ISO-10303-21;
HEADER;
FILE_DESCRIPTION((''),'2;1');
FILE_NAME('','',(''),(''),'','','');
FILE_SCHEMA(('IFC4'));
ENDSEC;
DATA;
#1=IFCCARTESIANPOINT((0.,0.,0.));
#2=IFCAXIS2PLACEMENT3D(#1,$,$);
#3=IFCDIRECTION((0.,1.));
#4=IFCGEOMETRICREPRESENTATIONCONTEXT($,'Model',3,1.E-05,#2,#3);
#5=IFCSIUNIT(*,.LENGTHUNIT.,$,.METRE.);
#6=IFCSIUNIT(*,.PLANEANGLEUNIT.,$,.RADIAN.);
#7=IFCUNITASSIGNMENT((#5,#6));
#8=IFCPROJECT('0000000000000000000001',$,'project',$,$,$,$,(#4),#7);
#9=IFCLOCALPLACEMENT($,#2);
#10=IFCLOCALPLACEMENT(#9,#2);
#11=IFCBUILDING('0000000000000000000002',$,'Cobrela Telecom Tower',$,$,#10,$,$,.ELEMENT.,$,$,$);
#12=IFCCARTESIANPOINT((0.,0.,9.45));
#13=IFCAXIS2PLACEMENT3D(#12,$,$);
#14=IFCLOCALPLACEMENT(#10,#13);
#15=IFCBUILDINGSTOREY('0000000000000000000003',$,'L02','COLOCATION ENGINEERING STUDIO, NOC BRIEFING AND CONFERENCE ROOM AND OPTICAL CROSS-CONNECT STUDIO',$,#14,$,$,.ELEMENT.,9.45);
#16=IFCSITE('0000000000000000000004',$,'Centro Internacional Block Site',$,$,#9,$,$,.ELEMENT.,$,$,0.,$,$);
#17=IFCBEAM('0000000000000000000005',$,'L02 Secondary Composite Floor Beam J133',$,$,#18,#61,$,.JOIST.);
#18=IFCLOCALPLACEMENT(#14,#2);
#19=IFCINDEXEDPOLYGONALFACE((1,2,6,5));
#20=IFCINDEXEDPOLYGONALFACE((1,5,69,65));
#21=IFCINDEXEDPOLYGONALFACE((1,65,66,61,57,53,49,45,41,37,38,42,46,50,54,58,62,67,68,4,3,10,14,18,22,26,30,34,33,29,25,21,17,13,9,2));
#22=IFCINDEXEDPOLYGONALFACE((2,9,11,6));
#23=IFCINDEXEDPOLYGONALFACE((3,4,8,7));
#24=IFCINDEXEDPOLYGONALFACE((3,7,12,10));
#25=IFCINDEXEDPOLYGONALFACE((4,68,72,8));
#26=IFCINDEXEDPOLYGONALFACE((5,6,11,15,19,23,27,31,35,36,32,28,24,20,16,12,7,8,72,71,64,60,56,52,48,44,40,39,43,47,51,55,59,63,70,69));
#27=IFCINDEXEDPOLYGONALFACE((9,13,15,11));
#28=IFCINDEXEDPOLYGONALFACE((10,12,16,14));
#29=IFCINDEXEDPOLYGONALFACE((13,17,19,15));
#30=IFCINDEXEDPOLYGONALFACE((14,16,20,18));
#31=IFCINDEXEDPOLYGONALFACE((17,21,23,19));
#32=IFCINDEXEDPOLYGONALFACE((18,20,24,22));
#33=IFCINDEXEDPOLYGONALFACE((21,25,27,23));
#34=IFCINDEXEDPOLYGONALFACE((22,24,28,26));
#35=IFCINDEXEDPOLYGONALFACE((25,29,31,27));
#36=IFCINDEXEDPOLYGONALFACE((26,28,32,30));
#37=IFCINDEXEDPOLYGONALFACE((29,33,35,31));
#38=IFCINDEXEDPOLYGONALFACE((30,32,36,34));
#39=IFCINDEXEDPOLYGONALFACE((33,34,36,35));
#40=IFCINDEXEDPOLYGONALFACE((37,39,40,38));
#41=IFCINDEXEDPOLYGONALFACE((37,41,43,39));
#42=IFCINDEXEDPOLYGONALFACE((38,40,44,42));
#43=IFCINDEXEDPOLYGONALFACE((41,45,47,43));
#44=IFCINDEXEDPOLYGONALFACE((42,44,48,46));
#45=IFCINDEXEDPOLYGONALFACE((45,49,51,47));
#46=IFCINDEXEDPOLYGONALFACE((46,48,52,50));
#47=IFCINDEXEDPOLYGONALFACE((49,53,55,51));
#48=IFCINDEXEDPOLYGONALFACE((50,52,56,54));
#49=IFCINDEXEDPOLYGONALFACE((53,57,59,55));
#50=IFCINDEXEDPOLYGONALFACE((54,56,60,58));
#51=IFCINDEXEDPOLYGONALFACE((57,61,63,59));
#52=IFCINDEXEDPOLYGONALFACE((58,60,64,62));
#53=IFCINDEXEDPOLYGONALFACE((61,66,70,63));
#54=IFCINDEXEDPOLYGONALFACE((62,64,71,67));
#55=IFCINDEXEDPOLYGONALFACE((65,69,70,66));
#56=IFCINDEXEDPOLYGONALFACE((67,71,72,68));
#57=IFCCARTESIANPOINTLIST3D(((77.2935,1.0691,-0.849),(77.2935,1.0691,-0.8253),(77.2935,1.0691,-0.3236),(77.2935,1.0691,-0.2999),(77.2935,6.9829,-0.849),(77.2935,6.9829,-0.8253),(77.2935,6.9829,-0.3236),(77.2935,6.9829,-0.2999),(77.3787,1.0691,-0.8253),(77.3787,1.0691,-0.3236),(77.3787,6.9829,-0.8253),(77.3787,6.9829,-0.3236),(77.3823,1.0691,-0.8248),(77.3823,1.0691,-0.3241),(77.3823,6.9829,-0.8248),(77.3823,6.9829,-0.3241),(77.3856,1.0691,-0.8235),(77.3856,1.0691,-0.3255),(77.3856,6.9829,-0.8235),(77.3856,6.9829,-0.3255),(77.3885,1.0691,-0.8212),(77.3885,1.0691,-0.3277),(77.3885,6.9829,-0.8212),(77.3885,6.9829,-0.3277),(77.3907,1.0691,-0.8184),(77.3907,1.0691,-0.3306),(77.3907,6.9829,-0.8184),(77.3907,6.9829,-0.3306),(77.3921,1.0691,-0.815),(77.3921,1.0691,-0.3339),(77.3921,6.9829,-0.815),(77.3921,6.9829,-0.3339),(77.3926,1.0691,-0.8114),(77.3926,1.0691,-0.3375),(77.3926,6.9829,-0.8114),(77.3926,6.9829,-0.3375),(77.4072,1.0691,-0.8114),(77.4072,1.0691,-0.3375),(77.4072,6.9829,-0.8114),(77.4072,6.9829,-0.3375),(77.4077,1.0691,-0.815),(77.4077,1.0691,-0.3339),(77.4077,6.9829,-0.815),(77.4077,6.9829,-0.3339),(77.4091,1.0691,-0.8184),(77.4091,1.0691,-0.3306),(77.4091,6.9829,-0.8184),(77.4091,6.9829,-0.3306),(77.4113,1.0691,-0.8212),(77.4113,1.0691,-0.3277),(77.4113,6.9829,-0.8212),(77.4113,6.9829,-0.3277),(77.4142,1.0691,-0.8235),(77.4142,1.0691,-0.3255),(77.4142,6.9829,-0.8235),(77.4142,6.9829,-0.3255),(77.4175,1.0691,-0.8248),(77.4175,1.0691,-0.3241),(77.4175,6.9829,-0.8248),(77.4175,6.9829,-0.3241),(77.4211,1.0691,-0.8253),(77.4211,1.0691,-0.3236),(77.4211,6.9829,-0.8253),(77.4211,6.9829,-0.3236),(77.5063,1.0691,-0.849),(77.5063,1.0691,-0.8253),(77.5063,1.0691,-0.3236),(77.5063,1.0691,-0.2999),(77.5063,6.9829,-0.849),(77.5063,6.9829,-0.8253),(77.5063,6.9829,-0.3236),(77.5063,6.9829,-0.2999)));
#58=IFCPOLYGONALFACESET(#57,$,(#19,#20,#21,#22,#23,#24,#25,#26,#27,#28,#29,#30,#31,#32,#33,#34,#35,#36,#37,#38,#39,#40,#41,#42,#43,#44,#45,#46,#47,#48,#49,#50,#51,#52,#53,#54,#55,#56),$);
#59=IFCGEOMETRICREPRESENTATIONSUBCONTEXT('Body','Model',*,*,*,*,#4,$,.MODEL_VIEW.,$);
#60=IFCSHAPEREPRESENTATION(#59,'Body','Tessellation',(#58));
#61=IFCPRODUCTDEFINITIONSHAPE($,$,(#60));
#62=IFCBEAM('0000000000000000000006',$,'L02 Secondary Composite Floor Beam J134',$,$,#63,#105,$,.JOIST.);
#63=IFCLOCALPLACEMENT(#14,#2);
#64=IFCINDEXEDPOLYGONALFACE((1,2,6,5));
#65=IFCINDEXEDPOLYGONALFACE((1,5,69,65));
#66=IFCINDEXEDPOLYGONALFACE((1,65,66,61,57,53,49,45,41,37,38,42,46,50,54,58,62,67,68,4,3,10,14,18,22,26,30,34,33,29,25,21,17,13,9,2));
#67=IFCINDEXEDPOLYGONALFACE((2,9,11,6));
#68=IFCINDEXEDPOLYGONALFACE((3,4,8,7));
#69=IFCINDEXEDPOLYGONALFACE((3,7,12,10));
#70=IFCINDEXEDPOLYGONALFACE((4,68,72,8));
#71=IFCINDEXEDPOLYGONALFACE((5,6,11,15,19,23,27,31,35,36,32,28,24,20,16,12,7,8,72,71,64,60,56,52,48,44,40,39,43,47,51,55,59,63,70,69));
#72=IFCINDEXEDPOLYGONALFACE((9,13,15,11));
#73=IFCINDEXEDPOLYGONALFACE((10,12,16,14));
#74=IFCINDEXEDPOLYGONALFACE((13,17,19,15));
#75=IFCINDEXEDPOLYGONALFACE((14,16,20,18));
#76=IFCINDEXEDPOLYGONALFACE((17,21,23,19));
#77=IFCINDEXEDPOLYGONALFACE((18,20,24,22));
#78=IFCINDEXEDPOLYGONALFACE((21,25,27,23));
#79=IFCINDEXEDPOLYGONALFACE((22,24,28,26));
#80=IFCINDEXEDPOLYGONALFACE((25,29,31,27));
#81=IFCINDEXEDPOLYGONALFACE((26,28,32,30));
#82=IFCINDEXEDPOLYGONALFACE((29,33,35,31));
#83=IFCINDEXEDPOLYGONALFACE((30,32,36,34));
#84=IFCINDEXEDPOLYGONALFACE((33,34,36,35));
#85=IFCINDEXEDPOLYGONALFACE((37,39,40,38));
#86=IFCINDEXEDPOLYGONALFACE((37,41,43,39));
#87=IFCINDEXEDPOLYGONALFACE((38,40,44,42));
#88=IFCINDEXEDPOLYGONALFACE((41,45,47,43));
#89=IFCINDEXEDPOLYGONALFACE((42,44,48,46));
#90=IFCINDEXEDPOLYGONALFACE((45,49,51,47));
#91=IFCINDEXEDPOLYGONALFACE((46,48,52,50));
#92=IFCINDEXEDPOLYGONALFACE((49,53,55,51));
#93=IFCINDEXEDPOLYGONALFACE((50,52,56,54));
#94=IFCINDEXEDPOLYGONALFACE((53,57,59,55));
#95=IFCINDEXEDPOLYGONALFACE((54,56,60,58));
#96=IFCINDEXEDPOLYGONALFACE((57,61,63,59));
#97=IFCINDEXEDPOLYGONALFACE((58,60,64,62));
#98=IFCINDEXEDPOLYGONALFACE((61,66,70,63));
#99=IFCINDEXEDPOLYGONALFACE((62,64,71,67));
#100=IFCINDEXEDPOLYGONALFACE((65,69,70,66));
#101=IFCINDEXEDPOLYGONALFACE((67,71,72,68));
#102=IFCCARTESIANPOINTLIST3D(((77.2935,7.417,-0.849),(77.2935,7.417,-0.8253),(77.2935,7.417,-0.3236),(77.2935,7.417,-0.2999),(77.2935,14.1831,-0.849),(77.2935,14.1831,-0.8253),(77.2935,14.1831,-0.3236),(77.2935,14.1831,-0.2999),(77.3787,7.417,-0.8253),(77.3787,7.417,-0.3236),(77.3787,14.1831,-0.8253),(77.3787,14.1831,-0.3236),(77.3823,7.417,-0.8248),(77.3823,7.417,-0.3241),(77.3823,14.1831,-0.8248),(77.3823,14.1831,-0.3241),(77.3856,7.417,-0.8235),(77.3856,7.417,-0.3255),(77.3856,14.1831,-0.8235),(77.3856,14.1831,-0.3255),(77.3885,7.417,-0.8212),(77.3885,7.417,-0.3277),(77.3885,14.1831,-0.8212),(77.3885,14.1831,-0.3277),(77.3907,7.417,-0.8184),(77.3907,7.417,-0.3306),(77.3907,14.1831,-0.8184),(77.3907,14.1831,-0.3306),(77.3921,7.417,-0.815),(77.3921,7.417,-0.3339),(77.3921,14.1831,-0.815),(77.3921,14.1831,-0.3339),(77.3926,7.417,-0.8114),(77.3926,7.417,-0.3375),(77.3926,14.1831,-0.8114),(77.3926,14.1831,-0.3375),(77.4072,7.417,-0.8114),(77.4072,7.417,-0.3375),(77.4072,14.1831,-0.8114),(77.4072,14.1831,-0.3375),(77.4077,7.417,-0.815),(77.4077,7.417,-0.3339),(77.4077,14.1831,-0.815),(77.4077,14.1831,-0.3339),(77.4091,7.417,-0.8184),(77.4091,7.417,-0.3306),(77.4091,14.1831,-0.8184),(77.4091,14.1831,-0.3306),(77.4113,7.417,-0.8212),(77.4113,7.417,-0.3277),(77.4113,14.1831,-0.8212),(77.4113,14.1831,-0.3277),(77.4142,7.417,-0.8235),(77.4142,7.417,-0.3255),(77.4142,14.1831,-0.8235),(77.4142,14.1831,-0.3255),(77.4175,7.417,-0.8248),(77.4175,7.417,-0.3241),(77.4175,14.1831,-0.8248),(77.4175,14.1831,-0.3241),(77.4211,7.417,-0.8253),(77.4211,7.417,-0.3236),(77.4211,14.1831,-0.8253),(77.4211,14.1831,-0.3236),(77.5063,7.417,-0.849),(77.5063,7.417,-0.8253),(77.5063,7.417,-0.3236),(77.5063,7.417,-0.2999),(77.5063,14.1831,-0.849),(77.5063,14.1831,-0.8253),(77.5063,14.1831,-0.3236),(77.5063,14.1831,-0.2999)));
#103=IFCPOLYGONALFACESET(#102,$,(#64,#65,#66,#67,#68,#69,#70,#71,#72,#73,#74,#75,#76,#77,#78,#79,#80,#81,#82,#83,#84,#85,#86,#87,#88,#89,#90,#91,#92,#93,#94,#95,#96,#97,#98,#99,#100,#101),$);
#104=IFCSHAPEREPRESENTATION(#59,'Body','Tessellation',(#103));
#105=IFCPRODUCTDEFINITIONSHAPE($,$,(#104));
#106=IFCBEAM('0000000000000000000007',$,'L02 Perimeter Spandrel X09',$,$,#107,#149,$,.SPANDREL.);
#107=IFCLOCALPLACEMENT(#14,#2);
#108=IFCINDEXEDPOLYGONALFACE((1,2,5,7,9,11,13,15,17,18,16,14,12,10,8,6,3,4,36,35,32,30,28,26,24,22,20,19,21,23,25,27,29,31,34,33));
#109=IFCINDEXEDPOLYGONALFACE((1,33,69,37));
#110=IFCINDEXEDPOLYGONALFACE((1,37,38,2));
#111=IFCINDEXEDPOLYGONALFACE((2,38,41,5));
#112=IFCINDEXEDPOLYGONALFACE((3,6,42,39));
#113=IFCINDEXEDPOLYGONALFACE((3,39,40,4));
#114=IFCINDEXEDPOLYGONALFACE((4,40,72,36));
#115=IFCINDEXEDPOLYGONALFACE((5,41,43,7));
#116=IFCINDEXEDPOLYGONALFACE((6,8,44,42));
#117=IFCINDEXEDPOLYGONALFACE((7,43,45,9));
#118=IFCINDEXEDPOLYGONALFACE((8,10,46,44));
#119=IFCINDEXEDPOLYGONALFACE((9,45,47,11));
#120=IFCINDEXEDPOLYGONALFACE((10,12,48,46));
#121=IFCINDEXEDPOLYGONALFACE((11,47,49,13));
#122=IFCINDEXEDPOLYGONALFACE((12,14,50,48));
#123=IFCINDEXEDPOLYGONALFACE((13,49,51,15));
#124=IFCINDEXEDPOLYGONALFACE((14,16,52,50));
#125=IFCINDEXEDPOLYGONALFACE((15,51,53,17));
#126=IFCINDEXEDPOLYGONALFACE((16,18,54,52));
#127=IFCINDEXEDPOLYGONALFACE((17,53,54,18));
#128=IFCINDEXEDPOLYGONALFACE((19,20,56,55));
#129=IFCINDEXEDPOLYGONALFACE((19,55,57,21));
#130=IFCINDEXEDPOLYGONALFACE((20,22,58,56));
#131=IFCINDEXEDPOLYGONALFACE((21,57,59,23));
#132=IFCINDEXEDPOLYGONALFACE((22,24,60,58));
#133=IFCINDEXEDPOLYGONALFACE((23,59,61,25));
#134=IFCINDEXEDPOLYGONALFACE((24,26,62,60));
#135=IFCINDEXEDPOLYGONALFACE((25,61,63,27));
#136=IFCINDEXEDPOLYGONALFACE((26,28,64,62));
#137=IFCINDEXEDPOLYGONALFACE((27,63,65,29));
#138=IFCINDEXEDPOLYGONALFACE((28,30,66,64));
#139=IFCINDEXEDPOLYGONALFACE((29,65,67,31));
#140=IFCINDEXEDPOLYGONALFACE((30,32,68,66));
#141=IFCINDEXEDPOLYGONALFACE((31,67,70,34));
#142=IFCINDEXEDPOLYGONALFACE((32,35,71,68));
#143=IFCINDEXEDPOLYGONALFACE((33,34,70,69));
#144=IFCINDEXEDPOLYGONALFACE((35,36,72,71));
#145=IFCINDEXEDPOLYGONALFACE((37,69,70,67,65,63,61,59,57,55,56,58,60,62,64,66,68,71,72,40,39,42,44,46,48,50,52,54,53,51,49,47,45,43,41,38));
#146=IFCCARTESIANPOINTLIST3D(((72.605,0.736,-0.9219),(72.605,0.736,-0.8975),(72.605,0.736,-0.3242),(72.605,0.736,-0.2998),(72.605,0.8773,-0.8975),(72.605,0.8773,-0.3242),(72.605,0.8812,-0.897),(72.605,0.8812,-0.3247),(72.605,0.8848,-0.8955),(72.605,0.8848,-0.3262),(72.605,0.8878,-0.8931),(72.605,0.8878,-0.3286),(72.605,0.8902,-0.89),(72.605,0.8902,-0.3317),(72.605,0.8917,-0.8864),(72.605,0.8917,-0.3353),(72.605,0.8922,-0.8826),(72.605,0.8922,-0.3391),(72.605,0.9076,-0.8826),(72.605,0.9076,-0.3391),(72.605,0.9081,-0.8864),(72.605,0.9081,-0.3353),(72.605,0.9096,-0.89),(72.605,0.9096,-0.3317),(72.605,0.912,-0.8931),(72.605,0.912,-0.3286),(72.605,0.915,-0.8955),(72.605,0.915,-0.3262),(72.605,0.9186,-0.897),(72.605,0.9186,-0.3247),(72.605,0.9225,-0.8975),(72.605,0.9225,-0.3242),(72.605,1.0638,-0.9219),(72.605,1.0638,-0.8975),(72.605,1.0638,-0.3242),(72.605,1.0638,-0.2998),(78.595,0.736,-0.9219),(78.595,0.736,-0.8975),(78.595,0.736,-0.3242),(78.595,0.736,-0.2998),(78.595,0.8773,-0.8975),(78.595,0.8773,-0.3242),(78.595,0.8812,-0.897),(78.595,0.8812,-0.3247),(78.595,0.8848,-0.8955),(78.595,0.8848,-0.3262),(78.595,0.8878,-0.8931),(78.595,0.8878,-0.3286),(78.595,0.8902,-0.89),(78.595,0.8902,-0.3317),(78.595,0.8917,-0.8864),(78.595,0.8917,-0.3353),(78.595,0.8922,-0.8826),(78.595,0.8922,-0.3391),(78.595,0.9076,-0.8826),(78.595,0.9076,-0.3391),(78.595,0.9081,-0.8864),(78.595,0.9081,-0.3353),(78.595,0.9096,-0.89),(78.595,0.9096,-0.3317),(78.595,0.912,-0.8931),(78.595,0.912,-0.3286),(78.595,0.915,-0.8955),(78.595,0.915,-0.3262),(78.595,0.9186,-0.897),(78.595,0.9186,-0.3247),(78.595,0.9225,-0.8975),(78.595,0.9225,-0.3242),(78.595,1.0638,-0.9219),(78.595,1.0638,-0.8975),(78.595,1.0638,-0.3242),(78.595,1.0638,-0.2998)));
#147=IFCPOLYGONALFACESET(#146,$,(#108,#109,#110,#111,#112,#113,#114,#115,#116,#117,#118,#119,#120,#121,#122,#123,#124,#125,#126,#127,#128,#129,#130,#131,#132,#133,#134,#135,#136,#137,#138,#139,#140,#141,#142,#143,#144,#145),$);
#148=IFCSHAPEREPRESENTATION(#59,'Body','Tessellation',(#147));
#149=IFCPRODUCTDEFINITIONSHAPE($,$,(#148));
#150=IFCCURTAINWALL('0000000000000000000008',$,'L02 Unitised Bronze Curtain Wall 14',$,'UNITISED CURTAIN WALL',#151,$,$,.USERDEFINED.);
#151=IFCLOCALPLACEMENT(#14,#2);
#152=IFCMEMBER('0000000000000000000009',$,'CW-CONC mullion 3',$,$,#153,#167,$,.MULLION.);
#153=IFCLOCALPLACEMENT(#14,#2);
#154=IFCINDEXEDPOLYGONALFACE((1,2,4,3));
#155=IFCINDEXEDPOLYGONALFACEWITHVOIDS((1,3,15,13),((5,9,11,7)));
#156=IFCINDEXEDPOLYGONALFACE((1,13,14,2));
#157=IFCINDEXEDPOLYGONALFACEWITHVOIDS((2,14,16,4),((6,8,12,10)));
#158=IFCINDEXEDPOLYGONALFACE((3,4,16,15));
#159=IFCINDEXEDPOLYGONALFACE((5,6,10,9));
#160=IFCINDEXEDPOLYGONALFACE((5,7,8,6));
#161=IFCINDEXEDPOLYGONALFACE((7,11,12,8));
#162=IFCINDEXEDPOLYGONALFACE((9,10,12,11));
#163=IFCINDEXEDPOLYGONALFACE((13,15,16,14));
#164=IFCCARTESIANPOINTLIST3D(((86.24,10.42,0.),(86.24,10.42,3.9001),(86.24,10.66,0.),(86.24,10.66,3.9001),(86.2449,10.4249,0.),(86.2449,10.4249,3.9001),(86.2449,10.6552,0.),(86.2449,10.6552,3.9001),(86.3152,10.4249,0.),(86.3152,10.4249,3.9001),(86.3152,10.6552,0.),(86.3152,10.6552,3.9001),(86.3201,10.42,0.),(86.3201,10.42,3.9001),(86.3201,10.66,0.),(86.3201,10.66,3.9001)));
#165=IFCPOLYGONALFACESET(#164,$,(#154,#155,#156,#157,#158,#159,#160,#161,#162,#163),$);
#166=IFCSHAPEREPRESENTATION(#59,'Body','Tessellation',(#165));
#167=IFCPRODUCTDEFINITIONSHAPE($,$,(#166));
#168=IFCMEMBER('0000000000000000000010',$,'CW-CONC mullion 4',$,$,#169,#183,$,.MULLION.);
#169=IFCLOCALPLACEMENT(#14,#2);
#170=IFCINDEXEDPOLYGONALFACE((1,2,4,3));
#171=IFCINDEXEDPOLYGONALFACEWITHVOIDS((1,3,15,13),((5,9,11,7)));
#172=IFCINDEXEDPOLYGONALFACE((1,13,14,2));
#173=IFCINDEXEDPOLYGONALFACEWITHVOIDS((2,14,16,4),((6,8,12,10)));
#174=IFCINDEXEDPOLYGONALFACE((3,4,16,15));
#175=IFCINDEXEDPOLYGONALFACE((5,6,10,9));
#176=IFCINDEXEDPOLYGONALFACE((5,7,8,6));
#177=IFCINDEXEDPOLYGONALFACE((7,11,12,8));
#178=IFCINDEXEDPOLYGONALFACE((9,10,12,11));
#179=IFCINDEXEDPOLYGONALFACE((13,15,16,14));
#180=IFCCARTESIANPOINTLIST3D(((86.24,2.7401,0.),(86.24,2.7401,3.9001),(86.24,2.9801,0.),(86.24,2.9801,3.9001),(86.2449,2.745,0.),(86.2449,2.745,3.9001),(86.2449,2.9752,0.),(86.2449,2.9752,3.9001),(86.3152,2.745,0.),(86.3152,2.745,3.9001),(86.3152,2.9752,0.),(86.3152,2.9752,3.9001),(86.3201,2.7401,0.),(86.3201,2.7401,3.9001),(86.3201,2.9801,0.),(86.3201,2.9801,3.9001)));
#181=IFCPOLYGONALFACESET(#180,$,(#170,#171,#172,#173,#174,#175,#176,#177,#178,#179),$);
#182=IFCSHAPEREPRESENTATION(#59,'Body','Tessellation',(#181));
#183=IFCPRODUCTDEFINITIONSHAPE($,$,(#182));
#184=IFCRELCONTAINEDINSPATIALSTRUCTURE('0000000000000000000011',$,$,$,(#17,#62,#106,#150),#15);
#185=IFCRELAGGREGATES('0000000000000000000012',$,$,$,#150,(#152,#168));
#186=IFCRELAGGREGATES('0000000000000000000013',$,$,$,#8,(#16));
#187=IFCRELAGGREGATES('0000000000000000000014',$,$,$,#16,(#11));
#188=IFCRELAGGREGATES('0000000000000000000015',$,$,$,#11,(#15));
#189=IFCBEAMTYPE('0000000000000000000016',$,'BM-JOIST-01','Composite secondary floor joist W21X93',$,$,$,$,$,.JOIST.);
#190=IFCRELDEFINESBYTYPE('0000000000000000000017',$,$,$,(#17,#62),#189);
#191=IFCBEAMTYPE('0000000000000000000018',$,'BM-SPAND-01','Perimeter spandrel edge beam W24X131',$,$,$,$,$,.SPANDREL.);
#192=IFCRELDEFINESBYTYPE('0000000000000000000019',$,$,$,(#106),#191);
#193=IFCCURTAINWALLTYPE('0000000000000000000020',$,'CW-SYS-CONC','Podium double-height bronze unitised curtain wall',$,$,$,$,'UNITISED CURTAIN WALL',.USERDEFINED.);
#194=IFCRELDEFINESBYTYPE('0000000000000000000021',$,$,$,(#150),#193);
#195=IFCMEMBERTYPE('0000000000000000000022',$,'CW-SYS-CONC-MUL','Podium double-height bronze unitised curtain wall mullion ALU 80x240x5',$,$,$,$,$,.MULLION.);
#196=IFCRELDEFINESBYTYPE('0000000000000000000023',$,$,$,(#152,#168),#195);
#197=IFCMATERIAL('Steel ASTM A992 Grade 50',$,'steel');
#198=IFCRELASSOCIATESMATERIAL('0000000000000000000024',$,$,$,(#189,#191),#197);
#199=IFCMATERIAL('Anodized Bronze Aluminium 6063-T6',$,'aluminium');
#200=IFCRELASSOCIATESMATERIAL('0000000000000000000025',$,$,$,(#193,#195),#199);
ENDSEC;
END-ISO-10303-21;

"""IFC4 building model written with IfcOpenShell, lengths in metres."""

from ifc_helpers import new_model, si_unit, direction, frame, origin, origin_2d, place, context, subcontext, project, spatial, hollow_rectangle, i_section, extrude, material, material_profile, profile_set, type_object, element, aggregate, save


model = new_model("IFC4")

# Units and contexts
model_context = context("Model", 3, precision=1e-05, world=origin(), true_north=direction((0.0, 1.0)))
body_context = subcontext(model_context, "Body", "Model", "MODEL_VIEW")
ifc_project = project(units=[si_unit("LENGTHUNIT", "METRE"), si_unit("PLANEANGLEUNIT", "RADIAN")], contexts=[model_context])

# Site, building, storey
site_placement = place(None, origin())
site = spatial("IfcSite", under=ifc_project, at=site_placement, Name="Centro Internacional Block Site", CompositionType="ELEMENT", RefElevation=0.0)
building_placement = place(site_placement, origin())
building = spatial("IfcBuilding", under=site, at=building_placement, Name="Cobrela Telecom Tower", CompositionType="ELEMENT")
storey_placement = place(building_placement, frame((0.0, 0.0, 9.45)))
storey = spatial("IfcBuildingStorey", under=building, at=storey_placement, Name="L02", Description="COLOCATION ENGINEERING STUDIO, NOC BRIEFING AND CONFERENCE ROOM AND OPTICAL CROSS-CONNECT STUDIO", CompositionType="ELEMENT", Elevation=9.45)

# Beams
ifc_material_1 = material(Name="Steel ASTM A992 Grade 50", Category="steel")
ifc_material_profile_1 = material_profile(ifc_material_1, i_section(OverallWidth=0.2129, OverallDepth=0.5491, WebThickness=0.0146, FlangeThickness=0.0237, FilletRadius=0.0139, at=origin_2d()), Name="W21X93")
ifc_profile_set_1 = profile_set([ifc_material_profile_1], Name="Steel ASTM A992 Grade 50")
beam_type_1 = type_object("IfcBeamType", Name="BM-JOIST-01", Description="Composite secondary floor joist W21X93", PredefinedType="JOIST", material=ifc_profile_set_1)
beam_1_placement = place(storey_placement, frame((77.3999, 1.0691, -0.5745), z_axis=(0.0, 1.0, 0.0), x_axis=(-1.0, 0.0, 0.0)))
element("IfcBeam", 1, at=beam_1_placement, inside=storey, type_object=beam_type_1, Name="L02 Secondary Composite Floor Beam J133", PredefinedType="JOIST", context=body_context, shape_type="SweptSolid", body=[
    extrude(i_section(OverallWidth=0.2129, OverallDepth=0.5491, WebThickness=0.0146, FlangeThickness=0.0237, FilletRadius=0.0139, at=origin_2d()), origin(), (0.0, 0.0, 1.0), 5.9138),
])
beam_2_placement = place(storey_placement, frame((77.3999, 7.417, -0.5745), z_axis=(0.0, 1.0, 0.0), x_axis=(-1.0, 0.0, 0.0)))
element("IfcBeam", 2, at=beam_2_placement, inside=storey, type_object=beam_type_1, Name="L02 Secondary Composite Floor Beam J134", PredefinedType="JOIST", context=body_context, shape_type="SweptSolid", body=[
    extrude(i_section(OverallWidth=0.2129, OverallDepth=0.5491, WebThickness=0.0146, FlangeThickness=0.0237, FilletRadius=0.0139, at=origin_2d()), origin(), (0.0, 0.0, 1.0), 6.7661),
])
ifc_material_profile_2 = material_profile(ifc_material_1, i_section(OverallWidth=0.3279, OverallDepth=0.6221, WebThickness=0.0154, FlangeThickness=0.0244, FilletRadius=0.0149, at=origin_2d()), Name="W24X131")
ifc_profile_set_2 = profile_set([ifc_material_profile_2], Name="Steel ASTM A992 Grade 50")
beam_type_2 = type_object("IfcBeamType", Name="BM-SPAND-01", Description="Perimeter spandrel edge beam W24X131", PredefinedType="SPANDREL", material=ifc_profile_set_2)
beam_3_placement = place(storey_placement, frame((72.605, 0.8999, -0.6108), z_axis=(1.0, 0.0, 0.0), x_axis=(0.0, 1.0, 0.0)))
element("IfcBeam", 3, at=beam_3_placement, inside=storey, type_object=beam_type_2, Name="L02 Perimeter Spandrel X09", PredefinedType="SPANDREL", context=body_context, shape_type="SweptSolid", body=[
    extrude(i_section(OverallWidth=0.3279, OverallDepth=0.6221, WebThickness=0.0154, FlangeThickness=0.0244, FilletRadius=0.0149, at=origin_2d()), origin(), (0.0, 0.0, 1.0), 5.99),
])

# Curtain wall, members
ifc_material_2 = material(Name="Anodized Bronze Aluminium 6063-T6", Category="aluminium")
curtain_wall_type = type_object("IfcCurtainWallType", Name="CW-SYS-CONC", Description="Podium double-height bronze unitised curtain wall", ElementType="UNITISED CURTAIN WALL", PredefinedType="USERDEFINED", material=ifc_material_2)
curtain_wall_1_placement = place(storey_placement, origin())
curtain_wall_1 = element("IfcCurtainWall", 4, at=curtain_wall_1_placement, inside=storey, type_object=curtain_wall_type, Name="L02 Unitised Bronze Curtain Wall 14", ObjectType="UNITISED CURTAIN WALL", PredefinedType="USERDEFINED")
ifc_material_profile_3 = material_profile(ifc_material_2, hollow_rectangle(XDim=0.0801, YDim=0.24, WallThickness=0.0049, at=origin_2d()), Name="ALU 80x240x5")
ifc_profile_set_3 = profile_set([ifc_material_profile_3], Name="Anodized Bronze Aluminium 6063-T6")
member_type_1 = type_object("IfcMemberType", Name="CW-SYS-CONC-MUL", Description="Podium double-height bronze unitised curtain wall mullion ALU 80x240x5", PredefinedType="MULLION", material=ifc_profile_set_3)
member_1_placement = place(storey_placement, frame((86.28, 10.54, 0.0), z_axis=(0.0, 0.0, 1.0), x_axis=(1.0, 0.0, 0.0)))
member_1 = element("IfcMember", 5, at=member_1_placement, type_object=member_type_1, Name="CW-CONC mullion 3", PredefinedType="MULLION", context=body_context, shape_type="SweptSolid", body=[
    extrude(hollow_rectangle(XDim=0.0801, YDim=0.24, WallThickness=0.0049, at=origin_2d()), origin(), (0.0, 0.0, 1.0), 3.9001),
])
member_2_placement = place(storey_placement, frame((86.28, 2.8601, 0.0), z_axis=(0.0, 0.0, 1.0), x_axis=(1.0, 0.0, 0.0)))
member_2 = element("IfcMember", 6, at=member_2_placement, type_object=member_type_1, Name="CW-CONC mullion 4", PredefinedType="MULLION", context=body_context, shape_type="SweptSolid", body=[
    extrude(hollow_rectangle(XDim=0.0801, YDim=0.24, WallThickness=0.0049, at=origin_2d()), origin(), (0.0, 0.0, 1.0), 3.9001),
])

aggregate(curtain_wall_1, [member_1, member_2])

save(model, "model.ifc")
